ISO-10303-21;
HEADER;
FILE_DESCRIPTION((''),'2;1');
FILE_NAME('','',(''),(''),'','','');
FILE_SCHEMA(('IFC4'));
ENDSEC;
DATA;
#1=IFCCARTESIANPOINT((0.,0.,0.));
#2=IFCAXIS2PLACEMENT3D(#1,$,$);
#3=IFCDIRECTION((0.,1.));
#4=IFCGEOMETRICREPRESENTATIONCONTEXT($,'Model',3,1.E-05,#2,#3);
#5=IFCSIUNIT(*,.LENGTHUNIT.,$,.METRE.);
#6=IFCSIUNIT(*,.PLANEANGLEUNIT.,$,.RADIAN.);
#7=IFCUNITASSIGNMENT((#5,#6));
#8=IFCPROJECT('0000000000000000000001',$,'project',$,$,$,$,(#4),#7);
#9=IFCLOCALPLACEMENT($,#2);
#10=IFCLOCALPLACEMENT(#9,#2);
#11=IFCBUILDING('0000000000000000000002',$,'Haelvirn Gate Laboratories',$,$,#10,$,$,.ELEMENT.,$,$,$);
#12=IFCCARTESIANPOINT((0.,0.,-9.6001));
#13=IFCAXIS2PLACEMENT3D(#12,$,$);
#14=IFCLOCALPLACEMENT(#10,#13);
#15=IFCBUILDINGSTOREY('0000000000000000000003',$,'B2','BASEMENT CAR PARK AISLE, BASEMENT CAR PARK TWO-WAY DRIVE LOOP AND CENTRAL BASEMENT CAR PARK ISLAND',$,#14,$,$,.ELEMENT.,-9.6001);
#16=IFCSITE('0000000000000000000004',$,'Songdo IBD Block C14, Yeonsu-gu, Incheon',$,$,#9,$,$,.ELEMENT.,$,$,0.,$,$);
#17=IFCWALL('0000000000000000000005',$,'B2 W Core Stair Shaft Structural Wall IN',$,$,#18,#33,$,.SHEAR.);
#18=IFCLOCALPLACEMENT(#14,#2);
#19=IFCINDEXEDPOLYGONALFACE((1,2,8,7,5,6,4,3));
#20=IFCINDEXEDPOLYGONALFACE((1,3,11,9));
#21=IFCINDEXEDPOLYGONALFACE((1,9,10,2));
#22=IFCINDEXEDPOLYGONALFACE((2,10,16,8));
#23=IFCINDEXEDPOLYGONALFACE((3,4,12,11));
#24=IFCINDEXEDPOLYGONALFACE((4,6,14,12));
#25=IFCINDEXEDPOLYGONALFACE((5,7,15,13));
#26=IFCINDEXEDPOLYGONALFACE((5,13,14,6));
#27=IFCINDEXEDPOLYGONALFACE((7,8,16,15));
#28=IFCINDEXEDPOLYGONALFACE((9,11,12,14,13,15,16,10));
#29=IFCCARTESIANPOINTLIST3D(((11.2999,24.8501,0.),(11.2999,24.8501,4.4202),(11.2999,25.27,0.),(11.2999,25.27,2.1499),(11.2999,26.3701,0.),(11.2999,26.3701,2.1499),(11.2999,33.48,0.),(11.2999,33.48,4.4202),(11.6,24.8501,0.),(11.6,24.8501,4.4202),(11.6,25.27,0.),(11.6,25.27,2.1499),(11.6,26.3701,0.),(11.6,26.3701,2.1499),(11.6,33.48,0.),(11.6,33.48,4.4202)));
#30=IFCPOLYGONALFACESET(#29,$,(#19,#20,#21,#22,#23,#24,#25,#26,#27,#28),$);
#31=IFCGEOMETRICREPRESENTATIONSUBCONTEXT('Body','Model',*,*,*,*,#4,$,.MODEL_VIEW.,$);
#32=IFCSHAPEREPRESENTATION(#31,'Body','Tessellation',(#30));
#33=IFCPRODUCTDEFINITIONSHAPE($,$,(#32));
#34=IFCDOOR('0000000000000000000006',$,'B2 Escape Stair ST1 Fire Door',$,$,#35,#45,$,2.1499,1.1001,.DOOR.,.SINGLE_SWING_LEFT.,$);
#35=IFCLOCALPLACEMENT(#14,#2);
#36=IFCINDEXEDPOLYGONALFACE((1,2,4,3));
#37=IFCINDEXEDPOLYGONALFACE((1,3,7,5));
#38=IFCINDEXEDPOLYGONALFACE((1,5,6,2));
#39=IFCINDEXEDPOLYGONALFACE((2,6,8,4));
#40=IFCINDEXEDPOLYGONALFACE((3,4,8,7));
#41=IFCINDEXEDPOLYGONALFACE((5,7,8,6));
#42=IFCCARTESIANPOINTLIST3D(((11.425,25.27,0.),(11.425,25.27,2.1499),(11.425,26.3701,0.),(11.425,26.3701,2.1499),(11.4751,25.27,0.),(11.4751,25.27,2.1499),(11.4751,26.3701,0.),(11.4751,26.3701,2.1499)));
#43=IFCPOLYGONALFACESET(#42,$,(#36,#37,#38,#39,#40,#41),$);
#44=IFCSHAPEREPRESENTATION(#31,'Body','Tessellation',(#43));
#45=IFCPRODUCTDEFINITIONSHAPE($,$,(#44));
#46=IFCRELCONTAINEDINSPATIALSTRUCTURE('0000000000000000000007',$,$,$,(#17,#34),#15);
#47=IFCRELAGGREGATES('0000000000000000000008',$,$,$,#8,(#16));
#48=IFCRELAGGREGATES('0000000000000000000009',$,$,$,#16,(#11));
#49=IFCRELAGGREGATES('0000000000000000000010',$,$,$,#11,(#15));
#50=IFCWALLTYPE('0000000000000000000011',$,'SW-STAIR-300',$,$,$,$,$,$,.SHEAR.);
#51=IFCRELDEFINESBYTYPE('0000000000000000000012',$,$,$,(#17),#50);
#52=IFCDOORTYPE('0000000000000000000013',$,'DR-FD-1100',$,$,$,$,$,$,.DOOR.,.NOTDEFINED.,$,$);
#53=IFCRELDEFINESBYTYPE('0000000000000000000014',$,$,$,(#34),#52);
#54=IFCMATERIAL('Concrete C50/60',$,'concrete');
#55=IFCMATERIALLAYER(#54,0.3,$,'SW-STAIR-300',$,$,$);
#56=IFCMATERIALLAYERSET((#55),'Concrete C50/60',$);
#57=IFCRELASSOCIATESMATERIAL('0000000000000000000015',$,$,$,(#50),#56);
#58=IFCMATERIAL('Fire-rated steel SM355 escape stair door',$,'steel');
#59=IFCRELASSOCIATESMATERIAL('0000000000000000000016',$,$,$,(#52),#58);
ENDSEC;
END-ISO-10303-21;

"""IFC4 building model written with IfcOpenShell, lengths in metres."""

from ifc_helpers import new_model, si_unit, direction, frame, frame_2d, origin, place, context, subcontext, project, spatial, rectangle, extrude, source, transform, mapped, material, layer, layer_set, type_object, type_shapes, element, fill, save


model = new_model("IFC4")

# Units and contexts
model_context = context("Model", 3, precision=1e-05, world=origin(), true_north=direction((0.0, 1.0)))
body_context = subcontext(model_context, "Body", "Model", "MODEL_VIEW")
ifc_project = project(units=[si_unit("LENGTHUNIT", "METRE"), si_unit("PLANEANGLEUNIT", "RADIAN")], contexts=[model_context])

# Site, building, storey
site_placement = place(None, origin())
site = spatial("IfcSite", under=ifc_project, at=site_placement, Name="Songdo IBD Block C14, Yeonsu-gu, Incheon", CompositionType="ELEMENT", RefElevation=0.0)
building_placement = place(site_placement, origin())
building = spatial("IfcBuilding", under=site, at=building_placement, Name="Haelvirn Gate Laboratories", CompositionType="ELEMENT")
storey_placement = place(building_placement, frame((0.0, 0.0, -9.6001)))
storey = spatial("IfcBuildingStorey", under=building, at=storey_placement, Name="B2", Description="BASEMENT CAR PARK AISLE, BASEMENT CAR PARK TWO-WAY DRIVE LOOP AND CENTRAL BASEMENT CAR PARK ISLAND", CompositionType="ELEMENT", Elevation=-9.6001)

# Wall, opening, door
ifc_material_1 = material(Name="Concrete C50/60", Category="concrete")
ifc_layer_1 = layer(ifc_material_1, 0.3, Name="SW-STAIR-300")
ifc_layer_set_1 = layer_set([ifc_layer_1], Name="Concrete C50/60")
wall_type_1 = type_object("IfcWallType", Name="SW-STAIR-300", PredefinedType="SHEAR", material=ifc_layer_set_1)
wall_1_placement = place(storey_placement, frame((11.45, 24.8501, 0.0), z_axis=(0.0, 0.0, 1.0), x_axis=(0.0, 1.0, 0.0)))
wall_1 = element("IfcWall", 1, at=wall_1_placement, inside=storey, type_object=wall_type_1, Name="B2 W Core Stair Shaft Structural Wall IN", PredefinedType="SHEAR", context=body_context, shape_type="SweptSolid", body=[
    extrude(rectangle(XDim=8.6299, YDim=0.3, at=frame_2d((4.3149, 0.0))), origin(), (0.0, 0.0, 1.0), 4.4202),
])
opening_1_placement = place(wall_1_placement, frame((0.4199, 0.0, 0.0)))
opening_1 = element("IfcOpeningElement", 2, at=opening_1_placement, cuts=wall_1, PredefinedType="OPENING", context=body_context, shape_type="SweptSolid", body=[
    extrude(rectangle(XDim=1.1001, YDim=2.1499, at=frame_2d((0.55, 1.075))), frame((0.0, 0.1602, 0.0), z_axis=(0.0, -1.0, 0.0), x_axis=(1.0, 0.0, 0.0)), (0.0, 0.0, 1.0), 0.3201),
])
ifc_material_2 = material(Name="Fire-rated steel SM355 escape stair door", Category="steel")
door_type_1 = type_object("IfcDoorType", Name="DR-FD-1100", OperationType="NOTDEFINED", PredefinedType="DOOR", material=ifc_material_2)
shared_shape_1 = source(origin(), body_context, "Body", "SweptSolid", [
    extrude(rectangle(XDim=1.1001, YDim=2.1499, at=frame_2d((0.55, 1.075))), frame((0.0, 0.0249, 0.0), z_axis=(0.0, -1.0, 0.0), x_axis=(1.0, 0.0, 0.0)), (0.0, 0.0, 1.0), 0.05),
])
type_shapes(door_type_1, [shared_shape_1])
door_1_placement = place(opening_1_placement, origin())
door_1 = element("IfcDoor", 3, at=door_1_placement, inside=storey, type_object=door_type_1, Name="B2 Escape Stair ST1 Fire Door", OperationType="SINGLE_SWING_LEFT", OverallHeight=2.1499, OverallWidth=1.1001, PredefinedType="DOOR", context=body_context, shape_type="MappedRepresentation", body=[
    mapped(shared_shape_1, transform((0.0, 0.0, 0.0), scale=1.0)),
])
fill(opening_1, door_1)

save(model, "model.ifc")
